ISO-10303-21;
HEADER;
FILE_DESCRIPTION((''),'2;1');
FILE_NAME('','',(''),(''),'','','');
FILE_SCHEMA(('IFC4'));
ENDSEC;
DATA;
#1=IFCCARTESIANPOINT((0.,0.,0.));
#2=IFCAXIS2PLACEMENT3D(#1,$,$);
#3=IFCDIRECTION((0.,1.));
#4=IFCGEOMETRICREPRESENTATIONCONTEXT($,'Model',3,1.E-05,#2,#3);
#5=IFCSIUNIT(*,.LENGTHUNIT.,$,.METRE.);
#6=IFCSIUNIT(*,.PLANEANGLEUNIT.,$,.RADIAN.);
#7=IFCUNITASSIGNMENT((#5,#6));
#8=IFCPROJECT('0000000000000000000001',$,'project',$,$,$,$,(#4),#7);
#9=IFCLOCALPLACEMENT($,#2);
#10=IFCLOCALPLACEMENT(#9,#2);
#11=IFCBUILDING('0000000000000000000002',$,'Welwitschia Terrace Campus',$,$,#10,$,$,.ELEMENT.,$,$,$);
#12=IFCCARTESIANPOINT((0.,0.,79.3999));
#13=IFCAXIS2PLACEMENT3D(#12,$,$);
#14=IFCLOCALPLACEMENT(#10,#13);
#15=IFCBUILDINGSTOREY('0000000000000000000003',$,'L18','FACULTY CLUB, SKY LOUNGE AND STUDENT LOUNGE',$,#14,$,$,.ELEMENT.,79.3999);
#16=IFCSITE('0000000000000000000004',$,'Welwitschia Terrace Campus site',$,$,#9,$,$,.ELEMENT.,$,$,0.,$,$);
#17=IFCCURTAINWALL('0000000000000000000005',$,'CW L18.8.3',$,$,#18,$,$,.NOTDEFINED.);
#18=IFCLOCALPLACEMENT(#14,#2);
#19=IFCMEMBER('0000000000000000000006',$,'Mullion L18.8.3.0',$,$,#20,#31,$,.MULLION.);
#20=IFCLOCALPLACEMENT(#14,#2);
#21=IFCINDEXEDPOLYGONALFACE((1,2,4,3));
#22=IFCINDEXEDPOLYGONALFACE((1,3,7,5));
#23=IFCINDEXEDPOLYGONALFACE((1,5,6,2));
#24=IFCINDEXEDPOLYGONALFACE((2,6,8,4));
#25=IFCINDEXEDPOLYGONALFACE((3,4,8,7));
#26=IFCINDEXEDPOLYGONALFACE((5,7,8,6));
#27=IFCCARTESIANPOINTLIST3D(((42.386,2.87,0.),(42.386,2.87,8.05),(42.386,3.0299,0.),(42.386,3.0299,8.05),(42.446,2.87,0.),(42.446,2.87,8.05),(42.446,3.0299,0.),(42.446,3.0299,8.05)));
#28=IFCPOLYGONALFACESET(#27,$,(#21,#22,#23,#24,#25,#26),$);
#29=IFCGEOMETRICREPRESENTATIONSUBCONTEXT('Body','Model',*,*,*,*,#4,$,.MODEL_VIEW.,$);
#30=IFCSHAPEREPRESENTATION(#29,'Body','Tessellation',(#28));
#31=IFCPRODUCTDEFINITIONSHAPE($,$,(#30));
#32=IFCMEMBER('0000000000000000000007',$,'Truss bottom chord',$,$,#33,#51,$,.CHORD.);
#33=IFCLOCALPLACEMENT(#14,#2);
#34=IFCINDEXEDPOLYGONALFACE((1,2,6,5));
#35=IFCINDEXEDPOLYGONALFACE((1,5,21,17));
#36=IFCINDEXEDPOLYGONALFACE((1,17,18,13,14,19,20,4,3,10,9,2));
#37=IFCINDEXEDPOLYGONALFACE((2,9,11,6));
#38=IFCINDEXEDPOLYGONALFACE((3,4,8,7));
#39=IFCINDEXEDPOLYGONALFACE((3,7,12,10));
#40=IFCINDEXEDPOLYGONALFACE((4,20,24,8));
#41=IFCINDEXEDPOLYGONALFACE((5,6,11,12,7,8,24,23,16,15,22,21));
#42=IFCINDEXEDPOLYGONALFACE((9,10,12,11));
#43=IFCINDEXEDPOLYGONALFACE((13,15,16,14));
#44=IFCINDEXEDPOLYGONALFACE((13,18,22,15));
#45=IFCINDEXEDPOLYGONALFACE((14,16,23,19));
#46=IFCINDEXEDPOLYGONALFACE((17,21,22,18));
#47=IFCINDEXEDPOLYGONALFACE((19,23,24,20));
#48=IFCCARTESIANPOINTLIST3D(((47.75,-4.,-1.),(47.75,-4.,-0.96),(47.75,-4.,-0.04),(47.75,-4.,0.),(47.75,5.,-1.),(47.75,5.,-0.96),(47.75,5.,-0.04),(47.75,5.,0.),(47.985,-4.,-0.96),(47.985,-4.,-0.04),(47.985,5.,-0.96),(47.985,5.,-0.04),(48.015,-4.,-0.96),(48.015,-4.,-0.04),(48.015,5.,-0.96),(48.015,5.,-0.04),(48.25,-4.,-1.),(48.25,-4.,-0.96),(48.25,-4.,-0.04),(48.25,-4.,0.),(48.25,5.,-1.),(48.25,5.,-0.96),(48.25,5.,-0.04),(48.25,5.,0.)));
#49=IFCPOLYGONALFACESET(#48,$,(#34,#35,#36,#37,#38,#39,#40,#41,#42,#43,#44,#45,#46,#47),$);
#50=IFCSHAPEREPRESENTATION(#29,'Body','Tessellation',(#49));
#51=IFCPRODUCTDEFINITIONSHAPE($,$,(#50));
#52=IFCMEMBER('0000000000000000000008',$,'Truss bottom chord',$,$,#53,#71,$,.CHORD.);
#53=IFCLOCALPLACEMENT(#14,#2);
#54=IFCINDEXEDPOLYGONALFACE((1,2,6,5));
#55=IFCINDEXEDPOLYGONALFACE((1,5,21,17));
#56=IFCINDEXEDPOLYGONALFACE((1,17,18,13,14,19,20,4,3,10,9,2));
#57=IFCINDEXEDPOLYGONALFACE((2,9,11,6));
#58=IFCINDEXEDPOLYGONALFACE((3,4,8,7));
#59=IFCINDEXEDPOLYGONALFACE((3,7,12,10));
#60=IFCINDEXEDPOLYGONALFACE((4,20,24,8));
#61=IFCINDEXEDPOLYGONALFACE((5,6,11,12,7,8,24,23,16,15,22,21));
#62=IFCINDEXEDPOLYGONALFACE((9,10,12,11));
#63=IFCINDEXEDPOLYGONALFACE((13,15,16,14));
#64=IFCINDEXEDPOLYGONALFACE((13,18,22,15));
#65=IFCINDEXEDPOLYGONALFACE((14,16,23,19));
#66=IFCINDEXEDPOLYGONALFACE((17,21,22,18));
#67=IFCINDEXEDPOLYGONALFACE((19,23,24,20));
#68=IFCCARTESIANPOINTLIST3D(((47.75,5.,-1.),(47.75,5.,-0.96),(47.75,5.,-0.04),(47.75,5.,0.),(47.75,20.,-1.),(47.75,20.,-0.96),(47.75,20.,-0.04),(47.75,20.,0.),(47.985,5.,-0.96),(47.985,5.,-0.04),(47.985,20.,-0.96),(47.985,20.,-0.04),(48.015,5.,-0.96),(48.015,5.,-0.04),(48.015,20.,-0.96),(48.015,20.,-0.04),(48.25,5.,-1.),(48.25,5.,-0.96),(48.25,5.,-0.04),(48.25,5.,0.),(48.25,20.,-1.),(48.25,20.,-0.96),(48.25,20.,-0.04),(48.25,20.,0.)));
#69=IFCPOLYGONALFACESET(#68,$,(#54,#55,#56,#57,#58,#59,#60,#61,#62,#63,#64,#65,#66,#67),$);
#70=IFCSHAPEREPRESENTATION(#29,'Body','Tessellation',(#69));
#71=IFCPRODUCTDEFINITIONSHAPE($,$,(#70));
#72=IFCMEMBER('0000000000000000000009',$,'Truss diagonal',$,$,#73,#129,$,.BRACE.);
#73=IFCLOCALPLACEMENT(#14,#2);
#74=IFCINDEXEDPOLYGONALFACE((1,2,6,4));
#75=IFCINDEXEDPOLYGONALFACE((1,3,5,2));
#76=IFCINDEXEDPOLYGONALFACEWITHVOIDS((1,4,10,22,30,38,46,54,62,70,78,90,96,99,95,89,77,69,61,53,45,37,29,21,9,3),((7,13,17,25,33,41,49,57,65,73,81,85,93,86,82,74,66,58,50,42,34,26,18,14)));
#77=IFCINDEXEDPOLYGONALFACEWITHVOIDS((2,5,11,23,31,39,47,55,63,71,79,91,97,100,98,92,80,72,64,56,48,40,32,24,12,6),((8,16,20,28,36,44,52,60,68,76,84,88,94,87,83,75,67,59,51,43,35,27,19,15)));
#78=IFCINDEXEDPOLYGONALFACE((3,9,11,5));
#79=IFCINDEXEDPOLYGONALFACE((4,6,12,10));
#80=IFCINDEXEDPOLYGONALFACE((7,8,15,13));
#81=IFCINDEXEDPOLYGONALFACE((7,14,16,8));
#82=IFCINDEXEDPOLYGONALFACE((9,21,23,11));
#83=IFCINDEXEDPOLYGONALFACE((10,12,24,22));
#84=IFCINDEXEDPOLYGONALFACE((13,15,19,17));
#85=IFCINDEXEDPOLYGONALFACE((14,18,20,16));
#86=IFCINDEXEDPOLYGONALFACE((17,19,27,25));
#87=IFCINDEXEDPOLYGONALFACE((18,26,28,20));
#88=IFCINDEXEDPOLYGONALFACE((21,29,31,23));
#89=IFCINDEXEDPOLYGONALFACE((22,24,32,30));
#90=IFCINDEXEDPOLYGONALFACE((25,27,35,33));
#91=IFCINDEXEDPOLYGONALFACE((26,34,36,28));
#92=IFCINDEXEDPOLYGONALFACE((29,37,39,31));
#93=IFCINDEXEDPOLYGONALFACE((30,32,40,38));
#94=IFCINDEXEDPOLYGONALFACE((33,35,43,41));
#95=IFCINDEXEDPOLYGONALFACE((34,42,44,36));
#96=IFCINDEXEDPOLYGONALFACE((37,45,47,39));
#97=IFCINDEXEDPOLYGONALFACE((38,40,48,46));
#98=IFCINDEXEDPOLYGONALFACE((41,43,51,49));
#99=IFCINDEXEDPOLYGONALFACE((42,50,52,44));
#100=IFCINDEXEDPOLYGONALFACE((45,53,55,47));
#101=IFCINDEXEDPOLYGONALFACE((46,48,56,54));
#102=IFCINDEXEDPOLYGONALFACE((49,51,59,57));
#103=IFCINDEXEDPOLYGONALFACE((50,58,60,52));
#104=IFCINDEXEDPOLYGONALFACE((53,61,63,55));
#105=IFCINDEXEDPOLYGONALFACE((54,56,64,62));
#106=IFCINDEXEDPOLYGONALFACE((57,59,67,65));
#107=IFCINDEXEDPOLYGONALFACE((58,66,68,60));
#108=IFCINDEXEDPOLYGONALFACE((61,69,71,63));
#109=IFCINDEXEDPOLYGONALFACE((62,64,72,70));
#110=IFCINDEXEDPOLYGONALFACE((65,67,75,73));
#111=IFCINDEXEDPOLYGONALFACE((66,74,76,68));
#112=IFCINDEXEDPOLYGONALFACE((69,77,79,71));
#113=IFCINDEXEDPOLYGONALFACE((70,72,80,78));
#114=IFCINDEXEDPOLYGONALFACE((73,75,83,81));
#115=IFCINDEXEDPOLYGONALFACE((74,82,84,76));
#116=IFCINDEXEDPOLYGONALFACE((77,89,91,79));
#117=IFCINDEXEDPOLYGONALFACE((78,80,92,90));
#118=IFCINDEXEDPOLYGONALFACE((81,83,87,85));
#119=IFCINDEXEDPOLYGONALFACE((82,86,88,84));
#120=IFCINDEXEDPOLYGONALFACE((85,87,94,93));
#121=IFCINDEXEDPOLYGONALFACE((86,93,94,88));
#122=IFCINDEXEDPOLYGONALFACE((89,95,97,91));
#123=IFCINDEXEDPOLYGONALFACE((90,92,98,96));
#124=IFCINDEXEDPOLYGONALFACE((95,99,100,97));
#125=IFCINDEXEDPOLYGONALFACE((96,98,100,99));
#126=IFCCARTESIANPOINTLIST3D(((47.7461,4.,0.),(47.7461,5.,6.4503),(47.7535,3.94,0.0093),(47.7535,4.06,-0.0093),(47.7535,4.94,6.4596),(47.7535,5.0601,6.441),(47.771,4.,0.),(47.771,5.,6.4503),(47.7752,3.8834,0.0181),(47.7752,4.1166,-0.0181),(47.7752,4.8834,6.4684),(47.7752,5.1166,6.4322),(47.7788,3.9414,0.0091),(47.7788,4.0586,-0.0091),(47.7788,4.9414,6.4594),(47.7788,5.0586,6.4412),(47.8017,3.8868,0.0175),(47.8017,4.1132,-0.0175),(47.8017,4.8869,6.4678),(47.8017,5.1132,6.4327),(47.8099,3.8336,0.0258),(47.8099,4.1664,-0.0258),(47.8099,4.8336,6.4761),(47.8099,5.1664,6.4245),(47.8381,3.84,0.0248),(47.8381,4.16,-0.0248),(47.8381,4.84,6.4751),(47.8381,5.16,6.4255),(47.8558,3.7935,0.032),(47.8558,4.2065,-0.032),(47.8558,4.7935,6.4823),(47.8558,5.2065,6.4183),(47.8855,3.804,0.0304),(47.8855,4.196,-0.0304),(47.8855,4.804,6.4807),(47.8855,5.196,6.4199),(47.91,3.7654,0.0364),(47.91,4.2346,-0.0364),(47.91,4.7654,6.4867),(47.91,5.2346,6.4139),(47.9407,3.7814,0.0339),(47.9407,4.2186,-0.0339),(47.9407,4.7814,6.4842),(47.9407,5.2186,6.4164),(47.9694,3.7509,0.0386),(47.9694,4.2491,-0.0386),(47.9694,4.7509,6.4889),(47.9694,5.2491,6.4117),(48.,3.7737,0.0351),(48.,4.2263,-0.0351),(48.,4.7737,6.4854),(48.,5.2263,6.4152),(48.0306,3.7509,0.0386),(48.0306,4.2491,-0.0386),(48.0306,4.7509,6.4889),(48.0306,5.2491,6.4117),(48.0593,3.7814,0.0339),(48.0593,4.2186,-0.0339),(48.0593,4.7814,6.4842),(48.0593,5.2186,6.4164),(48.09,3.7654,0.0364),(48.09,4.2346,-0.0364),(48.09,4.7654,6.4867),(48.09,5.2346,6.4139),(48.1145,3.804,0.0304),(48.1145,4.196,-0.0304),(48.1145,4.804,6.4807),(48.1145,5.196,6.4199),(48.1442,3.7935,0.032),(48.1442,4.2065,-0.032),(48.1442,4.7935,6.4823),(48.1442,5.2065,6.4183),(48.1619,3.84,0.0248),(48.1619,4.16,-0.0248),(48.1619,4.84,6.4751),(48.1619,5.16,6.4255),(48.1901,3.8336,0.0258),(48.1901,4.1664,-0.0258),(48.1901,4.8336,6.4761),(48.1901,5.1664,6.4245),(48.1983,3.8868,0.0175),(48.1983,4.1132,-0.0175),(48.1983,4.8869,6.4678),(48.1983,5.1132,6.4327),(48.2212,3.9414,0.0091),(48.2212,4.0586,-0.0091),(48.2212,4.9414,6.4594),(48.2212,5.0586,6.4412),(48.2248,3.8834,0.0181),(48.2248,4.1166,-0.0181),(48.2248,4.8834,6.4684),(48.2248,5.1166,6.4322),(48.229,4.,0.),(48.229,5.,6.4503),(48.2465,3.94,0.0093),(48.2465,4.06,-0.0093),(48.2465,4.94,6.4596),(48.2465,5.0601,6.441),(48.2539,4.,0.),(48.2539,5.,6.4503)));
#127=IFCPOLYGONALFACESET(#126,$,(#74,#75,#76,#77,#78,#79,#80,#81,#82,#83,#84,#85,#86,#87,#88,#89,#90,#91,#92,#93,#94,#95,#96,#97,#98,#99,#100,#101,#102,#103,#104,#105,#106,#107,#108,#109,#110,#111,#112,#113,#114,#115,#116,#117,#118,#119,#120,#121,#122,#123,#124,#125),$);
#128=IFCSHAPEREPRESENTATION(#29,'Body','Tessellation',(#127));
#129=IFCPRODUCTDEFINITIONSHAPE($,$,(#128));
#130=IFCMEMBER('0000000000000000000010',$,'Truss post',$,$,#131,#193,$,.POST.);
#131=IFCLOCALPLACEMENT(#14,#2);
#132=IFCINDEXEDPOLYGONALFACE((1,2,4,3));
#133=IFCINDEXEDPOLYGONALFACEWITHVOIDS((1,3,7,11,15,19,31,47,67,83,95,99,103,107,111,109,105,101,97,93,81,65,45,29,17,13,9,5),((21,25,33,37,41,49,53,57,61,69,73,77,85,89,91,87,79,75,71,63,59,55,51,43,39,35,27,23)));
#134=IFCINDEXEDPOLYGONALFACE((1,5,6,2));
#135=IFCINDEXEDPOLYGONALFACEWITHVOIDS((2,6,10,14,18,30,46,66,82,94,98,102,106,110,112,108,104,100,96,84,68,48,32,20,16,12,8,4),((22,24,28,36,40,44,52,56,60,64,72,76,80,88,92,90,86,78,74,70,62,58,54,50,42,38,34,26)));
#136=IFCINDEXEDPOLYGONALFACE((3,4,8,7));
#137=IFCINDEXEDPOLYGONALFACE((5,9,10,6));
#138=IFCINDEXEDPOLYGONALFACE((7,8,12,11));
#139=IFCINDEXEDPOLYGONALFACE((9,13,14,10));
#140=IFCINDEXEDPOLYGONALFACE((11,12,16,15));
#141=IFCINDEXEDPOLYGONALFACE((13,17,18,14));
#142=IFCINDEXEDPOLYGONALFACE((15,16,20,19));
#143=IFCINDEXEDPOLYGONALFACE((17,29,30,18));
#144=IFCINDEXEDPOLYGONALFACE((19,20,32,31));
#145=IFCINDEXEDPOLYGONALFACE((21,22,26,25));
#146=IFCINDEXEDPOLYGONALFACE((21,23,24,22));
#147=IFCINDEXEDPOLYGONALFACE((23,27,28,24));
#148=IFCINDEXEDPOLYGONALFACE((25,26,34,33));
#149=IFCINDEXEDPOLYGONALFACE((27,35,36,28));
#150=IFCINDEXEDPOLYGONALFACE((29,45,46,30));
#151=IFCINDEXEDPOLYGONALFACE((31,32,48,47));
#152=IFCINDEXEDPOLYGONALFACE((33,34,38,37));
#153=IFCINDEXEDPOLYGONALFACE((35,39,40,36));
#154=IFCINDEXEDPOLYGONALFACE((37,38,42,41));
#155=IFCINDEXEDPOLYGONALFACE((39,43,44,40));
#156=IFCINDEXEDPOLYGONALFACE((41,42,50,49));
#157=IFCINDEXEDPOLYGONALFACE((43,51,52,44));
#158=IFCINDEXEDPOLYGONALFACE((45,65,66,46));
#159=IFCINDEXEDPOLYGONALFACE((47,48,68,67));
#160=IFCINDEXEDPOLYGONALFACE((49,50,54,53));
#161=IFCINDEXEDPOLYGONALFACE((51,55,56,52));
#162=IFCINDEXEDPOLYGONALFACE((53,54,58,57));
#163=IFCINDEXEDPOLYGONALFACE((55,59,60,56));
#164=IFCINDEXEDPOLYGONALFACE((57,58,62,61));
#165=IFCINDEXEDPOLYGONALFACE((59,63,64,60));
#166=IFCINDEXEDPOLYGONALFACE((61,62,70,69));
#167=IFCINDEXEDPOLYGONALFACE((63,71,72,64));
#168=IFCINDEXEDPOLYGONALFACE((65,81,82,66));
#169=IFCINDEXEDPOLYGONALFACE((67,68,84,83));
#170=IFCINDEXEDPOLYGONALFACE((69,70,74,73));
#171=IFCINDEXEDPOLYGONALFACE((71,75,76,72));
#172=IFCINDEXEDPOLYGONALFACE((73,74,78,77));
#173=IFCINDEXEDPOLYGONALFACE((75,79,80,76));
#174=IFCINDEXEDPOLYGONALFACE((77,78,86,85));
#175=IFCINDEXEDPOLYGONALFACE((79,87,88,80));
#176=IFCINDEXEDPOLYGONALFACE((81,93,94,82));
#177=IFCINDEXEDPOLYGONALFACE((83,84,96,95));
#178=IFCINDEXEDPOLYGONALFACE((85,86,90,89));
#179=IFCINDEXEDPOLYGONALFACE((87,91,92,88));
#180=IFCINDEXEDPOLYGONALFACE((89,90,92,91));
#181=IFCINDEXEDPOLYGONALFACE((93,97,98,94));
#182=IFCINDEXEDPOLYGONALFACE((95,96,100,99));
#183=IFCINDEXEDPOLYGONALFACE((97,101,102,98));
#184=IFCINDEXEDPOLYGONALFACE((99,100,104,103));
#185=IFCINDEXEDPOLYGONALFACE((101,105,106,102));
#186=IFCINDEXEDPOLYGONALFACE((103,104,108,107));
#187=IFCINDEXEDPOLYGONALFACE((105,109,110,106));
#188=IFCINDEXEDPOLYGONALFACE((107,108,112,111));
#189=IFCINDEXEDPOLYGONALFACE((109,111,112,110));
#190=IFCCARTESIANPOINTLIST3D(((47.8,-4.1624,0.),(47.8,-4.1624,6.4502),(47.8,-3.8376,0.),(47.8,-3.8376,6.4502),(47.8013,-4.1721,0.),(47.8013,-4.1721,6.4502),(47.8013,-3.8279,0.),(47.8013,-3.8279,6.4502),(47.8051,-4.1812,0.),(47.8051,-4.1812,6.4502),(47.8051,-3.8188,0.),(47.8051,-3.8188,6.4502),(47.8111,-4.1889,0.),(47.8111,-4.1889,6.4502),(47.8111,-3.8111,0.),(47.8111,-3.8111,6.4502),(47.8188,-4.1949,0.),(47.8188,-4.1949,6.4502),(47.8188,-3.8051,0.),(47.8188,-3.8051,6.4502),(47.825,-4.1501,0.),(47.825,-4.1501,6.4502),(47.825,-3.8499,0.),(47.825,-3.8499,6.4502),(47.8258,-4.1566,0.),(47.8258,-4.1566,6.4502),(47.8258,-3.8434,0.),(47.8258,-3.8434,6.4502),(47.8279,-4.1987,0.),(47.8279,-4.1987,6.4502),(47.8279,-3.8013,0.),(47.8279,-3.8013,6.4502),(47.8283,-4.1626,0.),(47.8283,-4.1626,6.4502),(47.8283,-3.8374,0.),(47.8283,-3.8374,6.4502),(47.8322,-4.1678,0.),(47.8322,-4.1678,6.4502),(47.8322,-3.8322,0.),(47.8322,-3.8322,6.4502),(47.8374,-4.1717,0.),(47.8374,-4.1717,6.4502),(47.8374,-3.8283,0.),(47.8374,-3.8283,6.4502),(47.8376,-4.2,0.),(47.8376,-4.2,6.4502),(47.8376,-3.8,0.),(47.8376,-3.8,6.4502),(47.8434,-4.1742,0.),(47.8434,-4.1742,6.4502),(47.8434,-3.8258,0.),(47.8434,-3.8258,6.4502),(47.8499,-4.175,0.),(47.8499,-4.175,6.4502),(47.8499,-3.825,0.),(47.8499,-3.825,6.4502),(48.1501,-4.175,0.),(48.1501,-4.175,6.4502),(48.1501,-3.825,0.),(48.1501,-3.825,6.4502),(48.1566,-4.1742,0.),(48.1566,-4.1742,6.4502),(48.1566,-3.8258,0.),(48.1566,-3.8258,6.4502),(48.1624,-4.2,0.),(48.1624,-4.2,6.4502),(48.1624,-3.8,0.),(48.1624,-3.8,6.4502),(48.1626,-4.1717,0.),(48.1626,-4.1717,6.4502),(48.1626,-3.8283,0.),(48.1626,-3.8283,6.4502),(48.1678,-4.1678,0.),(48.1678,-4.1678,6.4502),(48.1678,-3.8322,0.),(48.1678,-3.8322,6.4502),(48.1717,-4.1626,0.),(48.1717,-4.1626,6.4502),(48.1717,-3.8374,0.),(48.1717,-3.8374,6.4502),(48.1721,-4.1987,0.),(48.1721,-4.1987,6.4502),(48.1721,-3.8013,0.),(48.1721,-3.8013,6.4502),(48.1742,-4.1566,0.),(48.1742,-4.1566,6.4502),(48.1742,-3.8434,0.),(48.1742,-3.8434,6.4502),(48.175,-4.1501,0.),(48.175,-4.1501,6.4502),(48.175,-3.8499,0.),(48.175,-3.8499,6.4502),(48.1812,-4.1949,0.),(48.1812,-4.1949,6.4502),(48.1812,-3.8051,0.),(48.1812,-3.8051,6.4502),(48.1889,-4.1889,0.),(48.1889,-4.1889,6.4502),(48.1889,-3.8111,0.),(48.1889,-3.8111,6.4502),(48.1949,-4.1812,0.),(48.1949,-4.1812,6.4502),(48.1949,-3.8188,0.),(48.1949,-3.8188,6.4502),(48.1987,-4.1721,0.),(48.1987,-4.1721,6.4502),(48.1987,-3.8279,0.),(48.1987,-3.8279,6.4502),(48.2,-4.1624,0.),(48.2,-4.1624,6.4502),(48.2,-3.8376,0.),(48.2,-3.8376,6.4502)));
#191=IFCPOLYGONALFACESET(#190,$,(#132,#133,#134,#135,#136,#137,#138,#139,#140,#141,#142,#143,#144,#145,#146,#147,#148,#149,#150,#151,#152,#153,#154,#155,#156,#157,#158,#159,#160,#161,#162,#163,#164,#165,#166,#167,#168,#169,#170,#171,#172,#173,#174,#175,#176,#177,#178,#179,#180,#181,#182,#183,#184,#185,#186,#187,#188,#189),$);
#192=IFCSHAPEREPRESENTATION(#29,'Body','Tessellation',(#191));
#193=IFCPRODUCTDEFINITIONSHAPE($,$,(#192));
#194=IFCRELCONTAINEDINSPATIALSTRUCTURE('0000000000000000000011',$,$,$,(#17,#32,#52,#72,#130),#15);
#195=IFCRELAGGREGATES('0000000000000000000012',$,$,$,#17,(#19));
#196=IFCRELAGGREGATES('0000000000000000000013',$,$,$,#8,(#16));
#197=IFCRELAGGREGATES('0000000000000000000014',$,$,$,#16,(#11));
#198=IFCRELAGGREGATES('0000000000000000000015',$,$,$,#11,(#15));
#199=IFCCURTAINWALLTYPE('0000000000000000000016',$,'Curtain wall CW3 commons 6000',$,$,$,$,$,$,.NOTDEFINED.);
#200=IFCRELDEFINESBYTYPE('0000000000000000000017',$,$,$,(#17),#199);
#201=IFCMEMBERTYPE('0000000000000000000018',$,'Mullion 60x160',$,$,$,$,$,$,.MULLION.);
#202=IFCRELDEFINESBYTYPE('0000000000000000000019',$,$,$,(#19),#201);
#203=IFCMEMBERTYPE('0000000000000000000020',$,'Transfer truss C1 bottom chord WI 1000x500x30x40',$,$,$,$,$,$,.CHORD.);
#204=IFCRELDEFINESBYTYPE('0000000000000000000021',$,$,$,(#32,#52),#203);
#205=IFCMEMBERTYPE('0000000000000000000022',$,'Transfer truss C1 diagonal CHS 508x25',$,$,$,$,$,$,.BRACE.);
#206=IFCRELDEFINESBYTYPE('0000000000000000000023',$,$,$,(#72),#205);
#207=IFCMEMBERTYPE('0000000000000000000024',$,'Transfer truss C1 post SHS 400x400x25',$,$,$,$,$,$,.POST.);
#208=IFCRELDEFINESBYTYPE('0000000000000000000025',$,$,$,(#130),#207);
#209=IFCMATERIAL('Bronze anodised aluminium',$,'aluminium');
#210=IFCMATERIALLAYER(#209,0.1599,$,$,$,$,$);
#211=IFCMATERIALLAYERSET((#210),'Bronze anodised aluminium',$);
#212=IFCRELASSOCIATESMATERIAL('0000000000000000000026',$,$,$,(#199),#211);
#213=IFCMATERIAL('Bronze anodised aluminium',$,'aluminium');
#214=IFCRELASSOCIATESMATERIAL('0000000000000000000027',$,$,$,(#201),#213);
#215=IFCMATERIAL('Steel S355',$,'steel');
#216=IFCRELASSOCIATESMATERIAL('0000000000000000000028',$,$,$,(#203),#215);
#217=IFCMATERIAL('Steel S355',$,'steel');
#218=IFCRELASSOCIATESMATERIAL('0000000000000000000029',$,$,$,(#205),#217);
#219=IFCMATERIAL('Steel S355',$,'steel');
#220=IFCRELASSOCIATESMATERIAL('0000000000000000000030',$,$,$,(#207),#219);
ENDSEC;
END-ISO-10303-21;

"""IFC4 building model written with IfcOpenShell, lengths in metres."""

from ifc_helpers import new_model, si_unit, direction, frame, origin, origin_2d, place, context, subcontext, project, spatial, rectangle, hollow_rectangle, hollow_circle, i_section, extrude, material, layer, layer_set, material_profile, profile_set, type_object, element, aggregate, save


model = new_model("IFC4")

# Units and contexts
model_context = context("Model", 3, precision=1e-05, world=origin(), true_north=direction((0.0, 1.0)))
body_context = subcontext(model_context, "Body", "Model", "MODEL_VIEW")
ifc_project = project(units=[si_unit("LENGTHUNIT", "METRE"), si_unit("PLANEANGLEUNIT", "RADIAN")], contexts=[model_context])

# Site, building, storey
site_placement = place(None, origin())
site = spatial("IfcSite", under=ifc_project, at=site_placement, Name="Welwitschia Terrace Campus site", CompositionType="ELEMENT", RefElevation=0.0)
building_placement = place(site_placement, origin())
building = spatial("IfcBuilding", under=site, at=building_placement, Name="Welwitschia Terrace Campus", CompositionType="ELEMENT")
storey_placement = place(building_placement, frame((0.0, 0.0, 79.3999)))
storey = spatial("IfcBuildingStorey", under=building, at=storey_placement, Name="L18", Description="FACULTY CLUB, SKY LOUNGE AND STUDENT LOUNGE", CompositionType="ELEMENT", Elevation=79.3999)

# Curtain wall, member
ifc_material_1 = material(Name="Bronze anodised aluminium", Category="aluminium")
ifc_layer_1 = layer(ifc_material_1, 0.1599)
ifc_layer_set_1 = layer_set([ifc_layer_1], Name="Bronze anodised aluminium")
curtain_wall_type = type_object("IfcCurtainWallType", Name="Curtain wall CW3 commons 6000", PredefinedType="NOTDEFINED", material=ifc_layer_set_1)
curtain_wall_1_placement = place(storey_placement, origin())
curtain_wall_1 = element("IfcCurtainWall", 1, at=curtain_wall_1_placement, inside=storey, type_object=curtain_wall_type, Name="CW L18.8.3", PredefinedType="NOTDEFINED")
ifc_material_2 = material(Name="Bronze anodised aluminium", Category="aluminium")
ifc_material_profile_1 = material_profile(ifc_material_2, rectangle(XDim=0.1599, YDim=0.0601, at=origin_2d()))
ifc_profile_set_1 = profile_set([ifc_material_profile_1], Name="Bronze anodised aluminium")
member_type_1 = type_object("IfcMemberType", Name="Mullion 60x160", PredefinedType="MULLION", material=ifc_profile_set_1)
member_1_placement = place(storey_placement, frame((42.416, 2.95, 0.0), z_axis=(0.0, 0.0, 1.0), x_axis=(0.0, 1.0, 0.0)))
member_1 = element("IfcMember", 2, at=member_1_placement, type_object=member_type_1, Name="Mullion L18.8.3.0", PredefinedType="MULLION", context=body_context, shape_type="SweptSolid", body=[
    extrude(rectangle(XDim=0.1599, YDim=0.0601, at=origin_2d()), origin(), (0.0, 0.0, 1.0), 8.05),
])

# Members
ifc_material_3 = material(Name="Steel S355", Category="steel")
ifc_material_profile_2 = material_profile(ifc_material_3, i_section(OverallWidth=0.5, OverallDepth=1.0, WebThickness=0.03, FlangeThickness=0.04, at=origin_2d()))
ifc_profile_set_2 = profile_set([ifc_material_profile_2], Name="Steel S355")
member_type_2 = type_object("IfcMemberType", Name="Transfer truss C1 bottom chord WI 1000x500x30x40", PredefinedType="CHORD", material=ifc_profile_set_2)
member_2_placement = place(storey_placement, frame((48.0, -4.0, -0.5), z_axis=(0.0, 1.0, 0.0), x_axis=(-1.0, 0.0, 0.0)))
element("IfcMember", 3, at=member_2_placement, inside=storey, type_object=member_type_2, Name="Truss bottom chord", PredefinedType="CHORD", context=body_context, shape_type="SweptSolid", body=[
    extrude(i_section(OverallWidth=0.5, OverallDepth=1.0, WebThickness=0.03, FlangeThickness=0.04, at=origin_2d()), origin(), (0.0, 0.0, 1.0), 9.0),
])
member_3_placement = place(storey_placement, frame((48.0, 5.0, -0.5), z_axis=(0.0, 1.0, 0.0), x_axis=(-1.0, 0.0, 0.0)))
element("IfcMember", 4, at=member_3_placement, inside=storey, type_object=member_type_2, Name="Truss bottom chord", PredefinedType="CHORD", context=body_context, shape_type="SweptSolid", body=[
    extrude(i_section(OverallWidth=0.5, OverallDepth=1.0, WebThickness=0.03, FlangeThickness=0.04, at=origin_2d()), origin(), (0.0, 0.0, 1.0), 15.0),
])
ifc_material_4 = material(Name="Steel S355", Category="steel")
ifc_material_profile_3 = material_profile(ifc_material_4, hollow_circle(Radius=0.2539, WallThickness=0.0249, at=origin_2d()))
ifc_profile_set_3 = profile_set([ifc_material_profile_3], Name="Steel S355")
member_type_3 = type_object("IfcMemberType", Name="Transfer truss C1 diagonal CHS 508x25", PredefinedType="BRACE", material=ifc_profile_set_3)
member_4_placement = place(storey_placement, frame((48.0, 4.0, 0.0), z_axis=(0.0, 0.153204, 0.988195), x_axis=(-1.0, 0.0, 0.0)))
element("IfcMember", 5, at=member_4_placement, inside=storey, type_object=member_type_3, Name="Truss diagonal", PredefinedType="BRACE", context=body_context, shape_type="SweptSolid", body=[
    extrude(hollow_circle(Radius=0.2539, WallThickness=0.0249, at=origin_2d()), origin(), (0.0, 0.0, 1.0), 6.5273),
])
ifc_material_5 = material(Name="Steel S355", Category="steel")
ifc_material_profile_4 = material_profile(ifc_material_5, hollow_rectangle(XDim=0.3999, YDim=0.3999, WallThickness=0.0249, InnerFilletRadius=0.0249, OuterFilletRadius=0.0376, at=origin_2d()))
ifc_profile_set_4 = profile_set([ifc_material_profile_4], Name="Steel S355")
member_type_4 = type_object("IfcMemberType", Name="Transfer truss C1 post SHS 400x400x25", PredefinedType="POST", material=ifc_profile_set_4)
for number, where, z_axis, x_axis, name in (
    (6, (48.0, -4.0, 0.0), (0.0, 0.0, 1.0), (1.0, 0.0, 0.0), "Truss post"),
):
    element("IfcMember", number, at=place(storey_placement, frame(where, z_axis=z_axis, x_axis=x_axis)), inside=storey, type_object=member_type_4, Name=name, PredefinedType="POST", context=body_context, shape_type="SweptSolid", body=[
        extrude(hollow_rectangle(XDim=0.3999, YDim=0.3999, WallThickness=0.0249, InnerFilletRadius=0.0249, OuterFilletRadius=0.0376, at=origin_2d()), origin(), (0.0, 0.0, 1.0), 6.4502),
    ])

aggregate(curtain_wall_1, [member_1])

save(model, "model.ifc")
